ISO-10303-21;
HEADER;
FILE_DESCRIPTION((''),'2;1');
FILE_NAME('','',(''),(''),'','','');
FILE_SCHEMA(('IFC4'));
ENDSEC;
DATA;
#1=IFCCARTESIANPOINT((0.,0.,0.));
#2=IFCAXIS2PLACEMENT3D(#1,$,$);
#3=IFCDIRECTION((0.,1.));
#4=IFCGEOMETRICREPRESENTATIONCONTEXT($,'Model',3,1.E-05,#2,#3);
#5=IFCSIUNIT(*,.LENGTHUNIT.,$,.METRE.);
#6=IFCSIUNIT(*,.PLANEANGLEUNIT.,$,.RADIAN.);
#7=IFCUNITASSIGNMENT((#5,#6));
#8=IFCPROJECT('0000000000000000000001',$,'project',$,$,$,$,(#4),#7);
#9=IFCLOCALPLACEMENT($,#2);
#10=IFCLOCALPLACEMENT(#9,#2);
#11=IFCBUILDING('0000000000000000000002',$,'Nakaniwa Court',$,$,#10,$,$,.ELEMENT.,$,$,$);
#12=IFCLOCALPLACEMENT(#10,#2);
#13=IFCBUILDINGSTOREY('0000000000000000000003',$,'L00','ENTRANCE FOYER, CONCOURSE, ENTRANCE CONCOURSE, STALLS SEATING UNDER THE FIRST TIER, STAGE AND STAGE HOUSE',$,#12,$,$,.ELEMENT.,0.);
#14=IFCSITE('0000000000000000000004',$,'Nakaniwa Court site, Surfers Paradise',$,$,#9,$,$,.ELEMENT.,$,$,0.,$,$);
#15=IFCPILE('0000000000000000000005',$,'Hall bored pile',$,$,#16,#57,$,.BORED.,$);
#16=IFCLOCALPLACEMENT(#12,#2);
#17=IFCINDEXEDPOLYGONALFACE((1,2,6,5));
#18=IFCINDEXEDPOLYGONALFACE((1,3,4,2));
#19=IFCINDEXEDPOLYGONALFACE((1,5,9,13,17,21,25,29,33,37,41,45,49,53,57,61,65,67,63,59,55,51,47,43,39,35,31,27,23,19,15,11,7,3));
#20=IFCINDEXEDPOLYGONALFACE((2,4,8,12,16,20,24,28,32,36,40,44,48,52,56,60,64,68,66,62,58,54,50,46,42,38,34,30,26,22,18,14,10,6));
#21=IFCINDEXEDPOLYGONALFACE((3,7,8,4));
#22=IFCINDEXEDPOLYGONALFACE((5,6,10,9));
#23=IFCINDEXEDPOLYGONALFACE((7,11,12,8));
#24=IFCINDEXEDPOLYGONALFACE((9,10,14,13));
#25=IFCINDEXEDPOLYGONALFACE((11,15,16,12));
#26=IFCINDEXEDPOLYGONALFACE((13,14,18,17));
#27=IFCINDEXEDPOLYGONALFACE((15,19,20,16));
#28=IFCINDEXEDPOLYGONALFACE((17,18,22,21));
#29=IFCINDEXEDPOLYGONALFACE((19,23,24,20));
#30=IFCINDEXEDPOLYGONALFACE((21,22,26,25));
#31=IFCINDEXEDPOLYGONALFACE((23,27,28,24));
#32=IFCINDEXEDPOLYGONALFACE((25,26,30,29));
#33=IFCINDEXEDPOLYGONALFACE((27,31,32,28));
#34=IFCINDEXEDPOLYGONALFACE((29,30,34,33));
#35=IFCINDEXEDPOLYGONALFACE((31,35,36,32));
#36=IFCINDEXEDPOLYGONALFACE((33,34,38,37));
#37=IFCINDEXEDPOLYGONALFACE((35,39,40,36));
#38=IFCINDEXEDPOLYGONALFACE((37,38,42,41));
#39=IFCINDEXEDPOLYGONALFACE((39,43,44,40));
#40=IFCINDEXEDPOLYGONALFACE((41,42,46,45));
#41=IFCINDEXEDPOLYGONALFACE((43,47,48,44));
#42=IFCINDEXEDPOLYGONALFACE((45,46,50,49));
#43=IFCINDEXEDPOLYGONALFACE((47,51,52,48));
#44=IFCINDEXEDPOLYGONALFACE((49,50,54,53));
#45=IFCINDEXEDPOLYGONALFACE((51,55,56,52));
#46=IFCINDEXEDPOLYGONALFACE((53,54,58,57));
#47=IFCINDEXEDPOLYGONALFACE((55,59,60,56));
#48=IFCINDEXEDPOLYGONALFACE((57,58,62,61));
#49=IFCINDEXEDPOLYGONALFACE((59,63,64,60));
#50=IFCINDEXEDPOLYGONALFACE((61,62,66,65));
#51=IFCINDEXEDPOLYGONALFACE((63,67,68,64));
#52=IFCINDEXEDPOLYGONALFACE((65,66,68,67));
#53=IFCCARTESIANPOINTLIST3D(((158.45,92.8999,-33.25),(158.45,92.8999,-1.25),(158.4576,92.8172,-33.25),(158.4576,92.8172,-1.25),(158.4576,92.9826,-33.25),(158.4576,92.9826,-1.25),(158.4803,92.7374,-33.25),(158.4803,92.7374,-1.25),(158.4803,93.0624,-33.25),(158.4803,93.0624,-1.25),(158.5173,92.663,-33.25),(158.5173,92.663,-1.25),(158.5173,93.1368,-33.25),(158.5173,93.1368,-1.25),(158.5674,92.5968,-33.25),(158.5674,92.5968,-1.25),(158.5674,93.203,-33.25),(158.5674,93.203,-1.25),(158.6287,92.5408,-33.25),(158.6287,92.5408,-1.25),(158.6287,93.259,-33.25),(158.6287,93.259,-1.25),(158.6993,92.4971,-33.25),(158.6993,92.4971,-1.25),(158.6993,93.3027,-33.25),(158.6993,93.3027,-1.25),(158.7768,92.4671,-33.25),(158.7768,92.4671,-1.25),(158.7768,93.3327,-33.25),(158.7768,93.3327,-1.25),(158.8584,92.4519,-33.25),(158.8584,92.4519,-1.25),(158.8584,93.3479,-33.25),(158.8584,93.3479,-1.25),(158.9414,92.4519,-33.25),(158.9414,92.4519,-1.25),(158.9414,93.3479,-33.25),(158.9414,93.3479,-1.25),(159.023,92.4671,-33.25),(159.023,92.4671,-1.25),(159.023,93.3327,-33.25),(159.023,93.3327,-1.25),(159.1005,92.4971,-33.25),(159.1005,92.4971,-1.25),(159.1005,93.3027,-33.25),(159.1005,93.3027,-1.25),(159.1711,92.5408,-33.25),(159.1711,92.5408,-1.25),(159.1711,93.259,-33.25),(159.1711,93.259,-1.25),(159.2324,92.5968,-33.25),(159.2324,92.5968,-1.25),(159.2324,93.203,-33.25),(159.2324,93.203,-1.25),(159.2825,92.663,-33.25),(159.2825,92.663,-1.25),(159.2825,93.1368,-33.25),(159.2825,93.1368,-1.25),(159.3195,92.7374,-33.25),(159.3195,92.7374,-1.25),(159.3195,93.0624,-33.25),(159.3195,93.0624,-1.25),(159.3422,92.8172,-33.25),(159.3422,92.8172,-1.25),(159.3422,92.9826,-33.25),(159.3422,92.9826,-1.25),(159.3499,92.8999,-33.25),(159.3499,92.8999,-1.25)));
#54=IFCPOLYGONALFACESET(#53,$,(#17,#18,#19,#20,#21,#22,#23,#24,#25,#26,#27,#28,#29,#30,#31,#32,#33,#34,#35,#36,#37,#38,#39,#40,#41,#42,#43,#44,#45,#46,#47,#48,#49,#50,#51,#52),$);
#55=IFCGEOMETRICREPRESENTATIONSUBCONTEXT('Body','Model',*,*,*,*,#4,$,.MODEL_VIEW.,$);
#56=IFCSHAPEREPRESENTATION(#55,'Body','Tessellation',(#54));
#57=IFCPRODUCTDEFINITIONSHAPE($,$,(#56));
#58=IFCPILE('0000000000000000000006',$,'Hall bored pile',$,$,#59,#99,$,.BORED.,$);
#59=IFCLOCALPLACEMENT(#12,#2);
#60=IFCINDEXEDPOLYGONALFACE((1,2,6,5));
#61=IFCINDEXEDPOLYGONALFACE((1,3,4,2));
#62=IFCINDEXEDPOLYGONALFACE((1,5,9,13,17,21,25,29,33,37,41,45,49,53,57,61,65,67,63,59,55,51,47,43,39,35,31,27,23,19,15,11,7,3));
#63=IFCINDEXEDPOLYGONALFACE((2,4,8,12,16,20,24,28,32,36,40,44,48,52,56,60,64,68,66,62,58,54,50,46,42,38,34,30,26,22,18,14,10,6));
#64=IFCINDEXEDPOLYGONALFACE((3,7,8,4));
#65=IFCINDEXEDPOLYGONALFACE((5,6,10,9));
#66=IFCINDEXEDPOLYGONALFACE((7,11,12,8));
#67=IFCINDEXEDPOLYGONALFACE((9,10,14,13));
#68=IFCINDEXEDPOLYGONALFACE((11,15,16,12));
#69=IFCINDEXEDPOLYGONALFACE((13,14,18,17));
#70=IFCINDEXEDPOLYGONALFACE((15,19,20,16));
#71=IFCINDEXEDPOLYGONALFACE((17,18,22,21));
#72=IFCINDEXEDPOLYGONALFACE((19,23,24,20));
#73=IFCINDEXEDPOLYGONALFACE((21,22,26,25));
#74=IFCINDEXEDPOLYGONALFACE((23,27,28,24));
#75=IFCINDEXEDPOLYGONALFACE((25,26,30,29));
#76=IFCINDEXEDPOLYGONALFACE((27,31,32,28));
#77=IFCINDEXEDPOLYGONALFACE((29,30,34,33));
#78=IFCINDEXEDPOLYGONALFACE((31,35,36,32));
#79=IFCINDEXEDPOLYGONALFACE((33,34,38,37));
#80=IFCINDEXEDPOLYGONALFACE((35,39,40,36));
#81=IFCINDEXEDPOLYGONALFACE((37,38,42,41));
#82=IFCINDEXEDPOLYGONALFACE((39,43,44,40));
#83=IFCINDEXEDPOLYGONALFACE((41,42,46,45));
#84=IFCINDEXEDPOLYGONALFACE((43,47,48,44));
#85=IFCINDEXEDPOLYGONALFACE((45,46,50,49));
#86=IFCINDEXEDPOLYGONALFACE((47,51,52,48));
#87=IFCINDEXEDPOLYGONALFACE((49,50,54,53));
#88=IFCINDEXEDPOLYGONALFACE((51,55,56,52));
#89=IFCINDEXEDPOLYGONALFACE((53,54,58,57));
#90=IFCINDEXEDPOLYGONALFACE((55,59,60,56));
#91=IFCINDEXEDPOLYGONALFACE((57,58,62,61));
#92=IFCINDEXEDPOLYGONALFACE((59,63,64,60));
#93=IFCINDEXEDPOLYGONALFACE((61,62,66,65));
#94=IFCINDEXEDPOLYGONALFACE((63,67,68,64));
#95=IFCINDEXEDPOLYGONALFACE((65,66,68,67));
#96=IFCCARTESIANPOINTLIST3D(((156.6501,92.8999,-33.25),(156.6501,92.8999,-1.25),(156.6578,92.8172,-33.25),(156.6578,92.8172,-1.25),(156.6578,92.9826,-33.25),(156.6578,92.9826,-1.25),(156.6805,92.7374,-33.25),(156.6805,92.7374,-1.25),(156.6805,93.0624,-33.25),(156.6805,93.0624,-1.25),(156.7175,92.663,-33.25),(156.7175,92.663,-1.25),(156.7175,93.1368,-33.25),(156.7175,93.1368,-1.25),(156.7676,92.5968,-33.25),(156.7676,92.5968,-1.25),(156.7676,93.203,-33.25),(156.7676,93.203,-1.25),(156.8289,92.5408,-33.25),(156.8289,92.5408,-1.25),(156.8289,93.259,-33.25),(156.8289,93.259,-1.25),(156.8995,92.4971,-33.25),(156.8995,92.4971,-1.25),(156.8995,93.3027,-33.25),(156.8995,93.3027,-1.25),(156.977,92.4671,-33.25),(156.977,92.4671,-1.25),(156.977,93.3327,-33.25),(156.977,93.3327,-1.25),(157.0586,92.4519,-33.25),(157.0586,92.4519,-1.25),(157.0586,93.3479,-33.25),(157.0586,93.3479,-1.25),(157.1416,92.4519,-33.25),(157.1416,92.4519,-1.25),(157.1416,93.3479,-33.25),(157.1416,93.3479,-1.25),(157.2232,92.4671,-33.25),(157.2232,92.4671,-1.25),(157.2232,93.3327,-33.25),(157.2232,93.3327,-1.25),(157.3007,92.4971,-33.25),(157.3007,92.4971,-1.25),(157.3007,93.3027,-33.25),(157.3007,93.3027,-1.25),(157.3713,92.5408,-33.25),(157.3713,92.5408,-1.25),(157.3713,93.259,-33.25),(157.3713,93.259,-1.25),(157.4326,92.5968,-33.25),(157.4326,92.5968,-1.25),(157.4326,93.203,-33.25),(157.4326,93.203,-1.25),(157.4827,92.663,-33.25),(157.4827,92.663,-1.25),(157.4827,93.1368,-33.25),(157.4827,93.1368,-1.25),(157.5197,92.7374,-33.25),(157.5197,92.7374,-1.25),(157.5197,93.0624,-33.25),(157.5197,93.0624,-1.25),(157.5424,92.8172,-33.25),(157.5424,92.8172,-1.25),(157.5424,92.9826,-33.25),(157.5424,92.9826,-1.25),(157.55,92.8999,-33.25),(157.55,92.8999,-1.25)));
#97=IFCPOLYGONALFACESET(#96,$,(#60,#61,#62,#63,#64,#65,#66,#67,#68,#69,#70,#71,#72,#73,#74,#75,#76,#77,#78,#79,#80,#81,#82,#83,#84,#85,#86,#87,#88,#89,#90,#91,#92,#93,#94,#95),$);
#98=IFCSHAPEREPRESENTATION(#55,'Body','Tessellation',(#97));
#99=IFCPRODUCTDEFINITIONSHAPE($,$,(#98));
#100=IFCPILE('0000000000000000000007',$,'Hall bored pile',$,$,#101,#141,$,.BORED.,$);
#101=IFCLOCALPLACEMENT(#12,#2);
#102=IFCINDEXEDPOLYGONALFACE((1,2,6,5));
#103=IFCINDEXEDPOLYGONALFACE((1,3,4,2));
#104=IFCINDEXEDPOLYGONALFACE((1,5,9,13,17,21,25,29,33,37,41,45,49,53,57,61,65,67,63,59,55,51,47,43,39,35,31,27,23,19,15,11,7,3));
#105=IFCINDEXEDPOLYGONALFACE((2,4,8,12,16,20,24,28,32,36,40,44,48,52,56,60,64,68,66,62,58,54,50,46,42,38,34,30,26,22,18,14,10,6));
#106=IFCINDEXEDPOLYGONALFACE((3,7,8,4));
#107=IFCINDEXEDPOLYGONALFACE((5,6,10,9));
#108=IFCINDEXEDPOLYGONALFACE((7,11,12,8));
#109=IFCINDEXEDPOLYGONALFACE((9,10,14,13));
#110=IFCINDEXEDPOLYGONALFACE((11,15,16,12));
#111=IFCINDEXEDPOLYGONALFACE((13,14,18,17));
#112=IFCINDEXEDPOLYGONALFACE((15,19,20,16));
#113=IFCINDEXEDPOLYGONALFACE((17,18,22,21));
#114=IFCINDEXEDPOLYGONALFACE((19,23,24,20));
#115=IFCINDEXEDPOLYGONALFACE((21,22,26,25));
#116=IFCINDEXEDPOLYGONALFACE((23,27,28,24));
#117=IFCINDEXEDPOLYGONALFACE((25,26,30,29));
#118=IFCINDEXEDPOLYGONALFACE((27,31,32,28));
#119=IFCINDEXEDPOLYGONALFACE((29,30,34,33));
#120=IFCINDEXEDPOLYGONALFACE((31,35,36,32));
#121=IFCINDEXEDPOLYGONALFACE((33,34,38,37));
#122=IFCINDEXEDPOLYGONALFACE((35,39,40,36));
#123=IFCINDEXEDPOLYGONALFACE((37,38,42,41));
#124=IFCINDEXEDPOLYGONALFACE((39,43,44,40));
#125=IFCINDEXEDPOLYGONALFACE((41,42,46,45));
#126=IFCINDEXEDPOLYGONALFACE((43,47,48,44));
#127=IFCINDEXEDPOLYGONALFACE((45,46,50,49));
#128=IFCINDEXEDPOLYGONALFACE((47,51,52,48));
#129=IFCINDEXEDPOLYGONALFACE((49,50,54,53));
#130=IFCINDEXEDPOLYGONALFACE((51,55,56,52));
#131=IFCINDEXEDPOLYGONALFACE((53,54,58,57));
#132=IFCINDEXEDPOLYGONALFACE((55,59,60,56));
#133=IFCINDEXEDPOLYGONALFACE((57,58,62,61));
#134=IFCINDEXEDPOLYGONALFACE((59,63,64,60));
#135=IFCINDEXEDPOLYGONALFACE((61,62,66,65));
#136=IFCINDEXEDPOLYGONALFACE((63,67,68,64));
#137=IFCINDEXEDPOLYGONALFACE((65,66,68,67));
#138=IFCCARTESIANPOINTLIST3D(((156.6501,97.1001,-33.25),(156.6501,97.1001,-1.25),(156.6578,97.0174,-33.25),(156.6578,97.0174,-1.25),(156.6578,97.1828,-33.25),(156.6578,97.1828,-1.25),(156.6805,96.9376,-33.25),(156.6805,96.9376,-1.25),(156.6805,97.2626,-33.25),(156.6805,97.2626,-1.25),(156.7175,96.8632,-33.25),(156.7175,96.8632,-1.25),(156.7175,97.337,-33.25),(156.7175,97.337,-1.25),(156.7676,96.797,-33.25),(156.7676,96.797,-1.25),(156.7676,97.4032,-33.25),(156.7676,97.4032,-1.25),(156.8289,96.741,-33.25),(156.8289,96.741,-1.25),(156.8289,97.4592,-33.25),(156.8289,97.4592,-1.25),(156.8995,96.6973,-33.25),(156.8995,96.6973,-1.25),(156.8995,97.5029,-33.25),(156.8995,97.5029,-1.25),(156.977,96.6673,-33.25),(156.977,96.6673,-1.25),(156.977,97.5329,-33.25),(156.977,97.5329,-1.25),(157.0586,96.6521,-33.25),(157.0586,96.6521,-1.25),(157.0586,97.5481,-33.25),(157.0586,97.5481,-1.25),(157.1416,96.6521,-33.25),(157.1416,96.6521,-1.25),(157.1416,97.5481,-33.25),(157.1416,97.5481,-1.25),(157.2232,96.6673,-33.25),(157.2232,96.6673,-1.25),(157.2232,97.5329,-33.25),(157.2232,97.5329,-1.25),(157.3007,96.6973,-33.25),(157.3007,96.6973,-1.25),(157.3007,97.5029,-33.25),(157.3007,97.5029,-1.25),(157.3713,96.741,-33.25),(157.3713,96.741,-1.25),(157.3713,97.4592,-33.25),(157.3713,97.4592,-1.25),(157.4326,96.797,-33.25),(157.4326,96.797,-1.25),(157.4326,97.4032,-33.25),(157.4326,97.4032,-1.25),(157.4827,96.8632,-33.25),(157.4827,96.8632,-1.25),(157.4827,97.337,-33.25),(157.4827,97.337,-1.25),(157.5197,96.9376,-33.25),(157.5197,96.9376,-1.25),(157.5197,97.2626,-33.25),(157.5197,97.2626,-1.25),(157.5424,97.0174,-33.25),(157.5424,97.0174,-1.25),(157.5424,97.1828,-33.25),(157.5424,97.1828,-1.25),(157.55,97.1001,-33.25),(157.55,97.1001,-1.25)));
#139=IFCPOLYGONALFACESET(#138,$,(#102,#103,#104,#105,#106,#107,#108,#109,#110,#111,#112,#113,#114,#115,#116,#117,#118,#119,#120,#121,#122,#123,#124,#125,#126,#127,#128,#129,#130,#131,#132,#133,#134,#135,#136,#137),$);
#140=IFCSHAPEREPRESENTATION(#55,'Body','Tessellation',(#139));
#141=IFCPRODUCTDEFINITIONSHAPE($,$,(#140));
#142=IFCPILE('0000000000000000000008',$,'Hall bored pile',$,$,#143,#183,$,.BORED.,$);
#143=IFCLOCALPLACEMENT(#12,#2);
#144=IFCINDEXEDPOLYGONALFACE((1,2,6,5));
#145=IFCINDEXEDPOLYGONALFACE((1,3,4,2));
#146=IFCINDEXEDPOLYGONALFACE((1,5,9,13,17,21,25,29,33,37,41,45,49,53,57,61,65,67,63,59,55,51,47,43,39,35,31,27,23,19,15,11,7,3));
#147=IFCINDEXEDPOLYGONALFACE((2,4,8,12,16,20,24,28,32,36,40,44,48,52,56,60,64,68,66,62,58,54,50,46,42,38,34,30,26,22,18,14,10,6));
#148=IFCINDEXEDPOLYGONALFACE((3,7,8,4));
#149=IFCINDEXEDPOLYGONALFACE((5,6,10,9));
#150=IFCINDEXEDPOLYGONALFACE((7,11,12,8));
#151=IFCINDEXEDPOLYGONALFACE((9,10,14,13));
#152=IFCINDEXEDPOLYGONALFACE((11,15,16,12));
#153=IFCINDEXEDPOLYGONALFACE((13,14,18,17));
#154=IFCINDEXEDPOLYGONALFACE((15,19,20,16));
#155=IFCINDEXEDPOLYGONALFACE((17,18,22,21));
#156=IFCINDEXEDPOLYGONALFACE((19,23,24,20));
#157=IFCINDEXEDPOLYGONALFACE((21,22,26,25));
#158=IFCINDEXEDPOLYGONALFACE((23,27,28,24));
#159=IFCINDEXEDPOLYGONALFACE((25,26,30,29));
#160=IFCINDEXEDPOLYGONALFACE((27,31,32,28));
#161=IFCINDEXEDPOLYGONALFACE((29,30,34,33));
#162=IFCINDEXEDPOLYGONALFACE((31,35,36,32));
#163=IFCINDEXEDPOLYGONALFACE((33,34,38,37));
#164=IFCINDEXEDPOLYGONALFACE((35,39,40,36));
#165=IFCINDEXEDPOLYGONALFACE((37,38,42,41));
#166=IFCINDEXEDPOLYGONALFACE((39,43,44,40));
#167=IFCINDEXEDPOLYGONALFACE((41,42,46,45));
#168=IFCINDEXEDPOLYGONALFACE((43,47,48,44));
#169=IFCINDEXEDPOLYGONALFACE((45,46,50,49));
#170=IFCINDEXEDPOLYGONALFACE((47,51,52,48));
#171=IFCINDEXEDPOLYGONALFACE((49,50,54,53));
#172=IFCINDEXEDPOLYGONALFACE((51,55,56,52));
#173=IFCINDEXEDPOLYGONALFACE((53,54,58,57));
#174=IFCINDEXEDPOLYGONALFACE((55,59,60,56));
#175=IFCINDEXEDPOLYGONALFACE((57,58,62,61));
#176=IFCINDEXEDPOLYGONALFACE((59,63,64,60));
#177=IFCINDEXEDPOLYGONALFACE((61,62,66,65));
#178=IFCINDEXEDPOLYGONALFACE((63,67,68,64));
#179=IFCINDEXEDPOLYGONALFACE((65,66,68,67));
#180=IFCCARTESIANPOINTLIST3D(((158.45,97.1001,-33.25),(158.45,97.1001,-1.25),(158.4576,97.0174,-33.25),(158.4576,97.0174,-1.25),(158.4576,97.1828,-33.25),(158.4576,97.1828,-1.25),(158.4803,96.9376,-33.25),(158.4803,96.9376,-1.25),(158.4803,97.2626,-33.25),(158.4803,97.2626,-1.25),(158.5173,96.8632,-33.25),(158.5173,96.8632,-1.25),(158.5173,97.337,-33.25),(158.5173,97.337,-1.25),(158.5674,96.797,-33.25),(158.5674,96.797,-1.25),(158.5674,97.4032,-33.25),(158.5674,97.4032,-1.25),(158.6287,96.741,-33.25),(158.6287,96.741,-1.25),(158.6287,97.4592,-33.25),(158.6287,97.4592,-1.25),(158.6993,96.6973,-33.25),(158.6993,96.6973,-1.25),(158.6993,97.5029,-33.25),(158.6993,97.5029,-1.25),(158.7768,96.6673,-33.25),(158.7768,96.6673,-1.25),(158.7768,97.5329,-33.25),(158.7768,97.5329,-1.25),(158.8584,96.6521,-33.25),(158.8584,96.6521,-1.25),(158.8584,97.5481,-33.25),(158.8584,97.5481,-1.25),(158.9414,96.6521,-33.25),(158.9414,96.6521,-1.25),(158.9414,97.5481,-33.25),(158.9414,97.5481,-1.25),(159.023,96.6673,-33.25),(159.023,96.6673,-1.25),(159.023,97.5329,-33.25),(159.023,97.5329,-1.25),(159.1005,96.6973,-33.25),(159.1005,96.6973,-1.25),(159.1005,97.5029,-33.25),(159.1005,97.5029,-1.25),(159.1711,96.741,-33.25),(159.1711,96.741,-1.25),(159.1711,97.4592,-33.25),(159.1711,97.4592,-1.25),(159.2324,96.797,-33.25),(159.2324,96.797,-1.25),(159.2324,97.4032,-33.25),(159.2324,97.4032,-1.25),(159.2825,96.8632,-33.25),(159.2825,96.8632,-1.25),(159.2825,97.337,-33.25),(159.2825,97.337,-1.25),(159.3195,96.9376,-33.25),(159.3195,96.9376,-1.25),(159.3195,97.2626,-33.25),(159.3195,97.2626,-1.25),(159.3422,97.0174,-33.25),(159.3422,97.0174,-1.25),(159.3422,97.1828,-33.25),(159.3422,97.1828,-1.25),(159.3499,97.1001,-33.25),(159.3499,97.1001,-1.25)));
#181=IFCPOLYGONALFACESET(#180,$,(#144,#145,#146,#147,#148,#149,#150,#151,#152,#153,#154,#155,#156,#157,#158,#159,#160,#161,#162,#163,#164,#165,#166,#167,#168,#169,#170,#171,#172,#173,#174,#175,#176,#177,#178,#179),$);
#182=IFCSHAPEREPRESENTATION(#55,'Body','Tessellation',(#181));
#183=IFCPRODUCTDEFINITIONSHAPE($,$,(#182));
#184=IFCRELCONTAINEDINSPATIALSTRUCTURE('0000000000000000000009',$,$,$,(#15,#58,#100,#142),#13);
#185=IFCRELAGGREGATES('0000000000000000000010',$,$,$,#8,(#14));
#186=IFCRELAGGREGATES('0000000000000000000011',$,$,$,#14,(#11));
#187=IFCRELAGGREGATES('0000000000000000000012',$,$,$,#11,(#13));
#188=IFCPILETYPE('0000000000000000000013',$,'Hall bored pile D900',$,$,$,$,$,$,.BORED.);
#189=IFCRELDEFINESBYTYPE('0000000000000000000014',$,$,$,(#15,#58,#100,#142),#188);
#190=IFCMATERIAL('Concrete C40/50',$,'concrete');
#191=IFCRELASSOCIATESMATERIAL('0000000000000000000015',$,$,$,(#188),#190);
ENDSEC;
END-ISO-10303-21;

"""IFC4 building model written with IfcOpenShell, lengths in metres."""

from ifc_helpers import new_model, si_unit, direction, frame, origin, origin_2d, place, context, subcontext, project, spatial, circle, extrude, material, material_profile, profile_set, type_object, element, save


model = new_model("IFC4")

# Units and contexts
model_context = context("Model", 3, precision=1e-05, world=origin(), true_north=direction((0.0, 1.0)))
body_context = subcontext(model_context, "Body", "Model", "MODEL_VIEW")
ifc_project = project(units=[si_unit("LENGTHUNIT", "METRE"), si_unit("PLANEANGLEUNIT", "RADIAN")], contexts=[model_context])

# Site, building, storey
site_placement = place(None, origin())
site = spatial("IfcSite", under=ifc_project, at=site_placement, Name="Nakaniwa Court site, Surfers Paradise", CompositionType="ELEMENT", RefElevation=0.0)
building_placement = place(site_placement, origin())
building = spatial("IfcBuilding", under=site, at=building_placement, Name="Nakaniwa Court", CompositionType="ELEMENT")
storey_placement = place(building_placement, origin())
storey = spatial("IfcBuildingStorey", under=building, at=storey_placement, Name="L00", Description="ENTRANCE FOYER, CONCOURSE, ENTRANCE CONCOURSE, STALLS SEATING UNDER THE FIRST TIER, STAGE AND STAGE HOUSE", CompositionType="ELEMENT", Elevation=0.0)

# Piles
ifc_material_1 = material(Name="Concrete C40/50", Category="concrete")
ifc_material_profile_1 = material_profile(ifc_material_1, circle(Radius=0.45, at=origin_2d()), Name="Bored pile D900")
ifc_profile_set_1 = profile_set([ifc_material_profile_1], Name="Concrete C40/50")
pile_type = type_object("IfcPileType", Name="Hall bored pile D900", PredefinedType="BORED", material=ifc_profile_set_1)
for number, where, z_axis, x_axis, name in (
    (1, (158.8999, 92.8999, -1.25), (0.0, 0.0, -1.0), (1.0, 0.0, 0.0), "Hall bored pile"),
    (2, (157.1001, 92.8999, -1.25), (0.0, 0.0, -1.0), (1.0, 0.0, 0.0), "Hall bored pile"),
    (3, (157.1001, 97.1001, -1.25), (0.0, 0.0, -1.0), (1.0, 0.0, 0.0), "Hall bored pile"),
    (4, (158.8999, 97.1001, -1.25), (0.0, 0.0, -1.0), (1.0, 0.0, 0.0), "Hall bored pile"),
):
    element("IfcPile", number, at=place(storey_placement, frame(where, z_axis=z_axis, x_axis=x_axis)), inside=storey, type_object=pile_type, Name=name, PredefinedType="BORED", context=body_context, shape_type="SweptSolid", body=[
        extrude(circle(Radius=0.45, at=origin_2d()), origin(), (0.0, 0.0, 1.0), 32.0),
    ])

save(model, "model.ifc")
